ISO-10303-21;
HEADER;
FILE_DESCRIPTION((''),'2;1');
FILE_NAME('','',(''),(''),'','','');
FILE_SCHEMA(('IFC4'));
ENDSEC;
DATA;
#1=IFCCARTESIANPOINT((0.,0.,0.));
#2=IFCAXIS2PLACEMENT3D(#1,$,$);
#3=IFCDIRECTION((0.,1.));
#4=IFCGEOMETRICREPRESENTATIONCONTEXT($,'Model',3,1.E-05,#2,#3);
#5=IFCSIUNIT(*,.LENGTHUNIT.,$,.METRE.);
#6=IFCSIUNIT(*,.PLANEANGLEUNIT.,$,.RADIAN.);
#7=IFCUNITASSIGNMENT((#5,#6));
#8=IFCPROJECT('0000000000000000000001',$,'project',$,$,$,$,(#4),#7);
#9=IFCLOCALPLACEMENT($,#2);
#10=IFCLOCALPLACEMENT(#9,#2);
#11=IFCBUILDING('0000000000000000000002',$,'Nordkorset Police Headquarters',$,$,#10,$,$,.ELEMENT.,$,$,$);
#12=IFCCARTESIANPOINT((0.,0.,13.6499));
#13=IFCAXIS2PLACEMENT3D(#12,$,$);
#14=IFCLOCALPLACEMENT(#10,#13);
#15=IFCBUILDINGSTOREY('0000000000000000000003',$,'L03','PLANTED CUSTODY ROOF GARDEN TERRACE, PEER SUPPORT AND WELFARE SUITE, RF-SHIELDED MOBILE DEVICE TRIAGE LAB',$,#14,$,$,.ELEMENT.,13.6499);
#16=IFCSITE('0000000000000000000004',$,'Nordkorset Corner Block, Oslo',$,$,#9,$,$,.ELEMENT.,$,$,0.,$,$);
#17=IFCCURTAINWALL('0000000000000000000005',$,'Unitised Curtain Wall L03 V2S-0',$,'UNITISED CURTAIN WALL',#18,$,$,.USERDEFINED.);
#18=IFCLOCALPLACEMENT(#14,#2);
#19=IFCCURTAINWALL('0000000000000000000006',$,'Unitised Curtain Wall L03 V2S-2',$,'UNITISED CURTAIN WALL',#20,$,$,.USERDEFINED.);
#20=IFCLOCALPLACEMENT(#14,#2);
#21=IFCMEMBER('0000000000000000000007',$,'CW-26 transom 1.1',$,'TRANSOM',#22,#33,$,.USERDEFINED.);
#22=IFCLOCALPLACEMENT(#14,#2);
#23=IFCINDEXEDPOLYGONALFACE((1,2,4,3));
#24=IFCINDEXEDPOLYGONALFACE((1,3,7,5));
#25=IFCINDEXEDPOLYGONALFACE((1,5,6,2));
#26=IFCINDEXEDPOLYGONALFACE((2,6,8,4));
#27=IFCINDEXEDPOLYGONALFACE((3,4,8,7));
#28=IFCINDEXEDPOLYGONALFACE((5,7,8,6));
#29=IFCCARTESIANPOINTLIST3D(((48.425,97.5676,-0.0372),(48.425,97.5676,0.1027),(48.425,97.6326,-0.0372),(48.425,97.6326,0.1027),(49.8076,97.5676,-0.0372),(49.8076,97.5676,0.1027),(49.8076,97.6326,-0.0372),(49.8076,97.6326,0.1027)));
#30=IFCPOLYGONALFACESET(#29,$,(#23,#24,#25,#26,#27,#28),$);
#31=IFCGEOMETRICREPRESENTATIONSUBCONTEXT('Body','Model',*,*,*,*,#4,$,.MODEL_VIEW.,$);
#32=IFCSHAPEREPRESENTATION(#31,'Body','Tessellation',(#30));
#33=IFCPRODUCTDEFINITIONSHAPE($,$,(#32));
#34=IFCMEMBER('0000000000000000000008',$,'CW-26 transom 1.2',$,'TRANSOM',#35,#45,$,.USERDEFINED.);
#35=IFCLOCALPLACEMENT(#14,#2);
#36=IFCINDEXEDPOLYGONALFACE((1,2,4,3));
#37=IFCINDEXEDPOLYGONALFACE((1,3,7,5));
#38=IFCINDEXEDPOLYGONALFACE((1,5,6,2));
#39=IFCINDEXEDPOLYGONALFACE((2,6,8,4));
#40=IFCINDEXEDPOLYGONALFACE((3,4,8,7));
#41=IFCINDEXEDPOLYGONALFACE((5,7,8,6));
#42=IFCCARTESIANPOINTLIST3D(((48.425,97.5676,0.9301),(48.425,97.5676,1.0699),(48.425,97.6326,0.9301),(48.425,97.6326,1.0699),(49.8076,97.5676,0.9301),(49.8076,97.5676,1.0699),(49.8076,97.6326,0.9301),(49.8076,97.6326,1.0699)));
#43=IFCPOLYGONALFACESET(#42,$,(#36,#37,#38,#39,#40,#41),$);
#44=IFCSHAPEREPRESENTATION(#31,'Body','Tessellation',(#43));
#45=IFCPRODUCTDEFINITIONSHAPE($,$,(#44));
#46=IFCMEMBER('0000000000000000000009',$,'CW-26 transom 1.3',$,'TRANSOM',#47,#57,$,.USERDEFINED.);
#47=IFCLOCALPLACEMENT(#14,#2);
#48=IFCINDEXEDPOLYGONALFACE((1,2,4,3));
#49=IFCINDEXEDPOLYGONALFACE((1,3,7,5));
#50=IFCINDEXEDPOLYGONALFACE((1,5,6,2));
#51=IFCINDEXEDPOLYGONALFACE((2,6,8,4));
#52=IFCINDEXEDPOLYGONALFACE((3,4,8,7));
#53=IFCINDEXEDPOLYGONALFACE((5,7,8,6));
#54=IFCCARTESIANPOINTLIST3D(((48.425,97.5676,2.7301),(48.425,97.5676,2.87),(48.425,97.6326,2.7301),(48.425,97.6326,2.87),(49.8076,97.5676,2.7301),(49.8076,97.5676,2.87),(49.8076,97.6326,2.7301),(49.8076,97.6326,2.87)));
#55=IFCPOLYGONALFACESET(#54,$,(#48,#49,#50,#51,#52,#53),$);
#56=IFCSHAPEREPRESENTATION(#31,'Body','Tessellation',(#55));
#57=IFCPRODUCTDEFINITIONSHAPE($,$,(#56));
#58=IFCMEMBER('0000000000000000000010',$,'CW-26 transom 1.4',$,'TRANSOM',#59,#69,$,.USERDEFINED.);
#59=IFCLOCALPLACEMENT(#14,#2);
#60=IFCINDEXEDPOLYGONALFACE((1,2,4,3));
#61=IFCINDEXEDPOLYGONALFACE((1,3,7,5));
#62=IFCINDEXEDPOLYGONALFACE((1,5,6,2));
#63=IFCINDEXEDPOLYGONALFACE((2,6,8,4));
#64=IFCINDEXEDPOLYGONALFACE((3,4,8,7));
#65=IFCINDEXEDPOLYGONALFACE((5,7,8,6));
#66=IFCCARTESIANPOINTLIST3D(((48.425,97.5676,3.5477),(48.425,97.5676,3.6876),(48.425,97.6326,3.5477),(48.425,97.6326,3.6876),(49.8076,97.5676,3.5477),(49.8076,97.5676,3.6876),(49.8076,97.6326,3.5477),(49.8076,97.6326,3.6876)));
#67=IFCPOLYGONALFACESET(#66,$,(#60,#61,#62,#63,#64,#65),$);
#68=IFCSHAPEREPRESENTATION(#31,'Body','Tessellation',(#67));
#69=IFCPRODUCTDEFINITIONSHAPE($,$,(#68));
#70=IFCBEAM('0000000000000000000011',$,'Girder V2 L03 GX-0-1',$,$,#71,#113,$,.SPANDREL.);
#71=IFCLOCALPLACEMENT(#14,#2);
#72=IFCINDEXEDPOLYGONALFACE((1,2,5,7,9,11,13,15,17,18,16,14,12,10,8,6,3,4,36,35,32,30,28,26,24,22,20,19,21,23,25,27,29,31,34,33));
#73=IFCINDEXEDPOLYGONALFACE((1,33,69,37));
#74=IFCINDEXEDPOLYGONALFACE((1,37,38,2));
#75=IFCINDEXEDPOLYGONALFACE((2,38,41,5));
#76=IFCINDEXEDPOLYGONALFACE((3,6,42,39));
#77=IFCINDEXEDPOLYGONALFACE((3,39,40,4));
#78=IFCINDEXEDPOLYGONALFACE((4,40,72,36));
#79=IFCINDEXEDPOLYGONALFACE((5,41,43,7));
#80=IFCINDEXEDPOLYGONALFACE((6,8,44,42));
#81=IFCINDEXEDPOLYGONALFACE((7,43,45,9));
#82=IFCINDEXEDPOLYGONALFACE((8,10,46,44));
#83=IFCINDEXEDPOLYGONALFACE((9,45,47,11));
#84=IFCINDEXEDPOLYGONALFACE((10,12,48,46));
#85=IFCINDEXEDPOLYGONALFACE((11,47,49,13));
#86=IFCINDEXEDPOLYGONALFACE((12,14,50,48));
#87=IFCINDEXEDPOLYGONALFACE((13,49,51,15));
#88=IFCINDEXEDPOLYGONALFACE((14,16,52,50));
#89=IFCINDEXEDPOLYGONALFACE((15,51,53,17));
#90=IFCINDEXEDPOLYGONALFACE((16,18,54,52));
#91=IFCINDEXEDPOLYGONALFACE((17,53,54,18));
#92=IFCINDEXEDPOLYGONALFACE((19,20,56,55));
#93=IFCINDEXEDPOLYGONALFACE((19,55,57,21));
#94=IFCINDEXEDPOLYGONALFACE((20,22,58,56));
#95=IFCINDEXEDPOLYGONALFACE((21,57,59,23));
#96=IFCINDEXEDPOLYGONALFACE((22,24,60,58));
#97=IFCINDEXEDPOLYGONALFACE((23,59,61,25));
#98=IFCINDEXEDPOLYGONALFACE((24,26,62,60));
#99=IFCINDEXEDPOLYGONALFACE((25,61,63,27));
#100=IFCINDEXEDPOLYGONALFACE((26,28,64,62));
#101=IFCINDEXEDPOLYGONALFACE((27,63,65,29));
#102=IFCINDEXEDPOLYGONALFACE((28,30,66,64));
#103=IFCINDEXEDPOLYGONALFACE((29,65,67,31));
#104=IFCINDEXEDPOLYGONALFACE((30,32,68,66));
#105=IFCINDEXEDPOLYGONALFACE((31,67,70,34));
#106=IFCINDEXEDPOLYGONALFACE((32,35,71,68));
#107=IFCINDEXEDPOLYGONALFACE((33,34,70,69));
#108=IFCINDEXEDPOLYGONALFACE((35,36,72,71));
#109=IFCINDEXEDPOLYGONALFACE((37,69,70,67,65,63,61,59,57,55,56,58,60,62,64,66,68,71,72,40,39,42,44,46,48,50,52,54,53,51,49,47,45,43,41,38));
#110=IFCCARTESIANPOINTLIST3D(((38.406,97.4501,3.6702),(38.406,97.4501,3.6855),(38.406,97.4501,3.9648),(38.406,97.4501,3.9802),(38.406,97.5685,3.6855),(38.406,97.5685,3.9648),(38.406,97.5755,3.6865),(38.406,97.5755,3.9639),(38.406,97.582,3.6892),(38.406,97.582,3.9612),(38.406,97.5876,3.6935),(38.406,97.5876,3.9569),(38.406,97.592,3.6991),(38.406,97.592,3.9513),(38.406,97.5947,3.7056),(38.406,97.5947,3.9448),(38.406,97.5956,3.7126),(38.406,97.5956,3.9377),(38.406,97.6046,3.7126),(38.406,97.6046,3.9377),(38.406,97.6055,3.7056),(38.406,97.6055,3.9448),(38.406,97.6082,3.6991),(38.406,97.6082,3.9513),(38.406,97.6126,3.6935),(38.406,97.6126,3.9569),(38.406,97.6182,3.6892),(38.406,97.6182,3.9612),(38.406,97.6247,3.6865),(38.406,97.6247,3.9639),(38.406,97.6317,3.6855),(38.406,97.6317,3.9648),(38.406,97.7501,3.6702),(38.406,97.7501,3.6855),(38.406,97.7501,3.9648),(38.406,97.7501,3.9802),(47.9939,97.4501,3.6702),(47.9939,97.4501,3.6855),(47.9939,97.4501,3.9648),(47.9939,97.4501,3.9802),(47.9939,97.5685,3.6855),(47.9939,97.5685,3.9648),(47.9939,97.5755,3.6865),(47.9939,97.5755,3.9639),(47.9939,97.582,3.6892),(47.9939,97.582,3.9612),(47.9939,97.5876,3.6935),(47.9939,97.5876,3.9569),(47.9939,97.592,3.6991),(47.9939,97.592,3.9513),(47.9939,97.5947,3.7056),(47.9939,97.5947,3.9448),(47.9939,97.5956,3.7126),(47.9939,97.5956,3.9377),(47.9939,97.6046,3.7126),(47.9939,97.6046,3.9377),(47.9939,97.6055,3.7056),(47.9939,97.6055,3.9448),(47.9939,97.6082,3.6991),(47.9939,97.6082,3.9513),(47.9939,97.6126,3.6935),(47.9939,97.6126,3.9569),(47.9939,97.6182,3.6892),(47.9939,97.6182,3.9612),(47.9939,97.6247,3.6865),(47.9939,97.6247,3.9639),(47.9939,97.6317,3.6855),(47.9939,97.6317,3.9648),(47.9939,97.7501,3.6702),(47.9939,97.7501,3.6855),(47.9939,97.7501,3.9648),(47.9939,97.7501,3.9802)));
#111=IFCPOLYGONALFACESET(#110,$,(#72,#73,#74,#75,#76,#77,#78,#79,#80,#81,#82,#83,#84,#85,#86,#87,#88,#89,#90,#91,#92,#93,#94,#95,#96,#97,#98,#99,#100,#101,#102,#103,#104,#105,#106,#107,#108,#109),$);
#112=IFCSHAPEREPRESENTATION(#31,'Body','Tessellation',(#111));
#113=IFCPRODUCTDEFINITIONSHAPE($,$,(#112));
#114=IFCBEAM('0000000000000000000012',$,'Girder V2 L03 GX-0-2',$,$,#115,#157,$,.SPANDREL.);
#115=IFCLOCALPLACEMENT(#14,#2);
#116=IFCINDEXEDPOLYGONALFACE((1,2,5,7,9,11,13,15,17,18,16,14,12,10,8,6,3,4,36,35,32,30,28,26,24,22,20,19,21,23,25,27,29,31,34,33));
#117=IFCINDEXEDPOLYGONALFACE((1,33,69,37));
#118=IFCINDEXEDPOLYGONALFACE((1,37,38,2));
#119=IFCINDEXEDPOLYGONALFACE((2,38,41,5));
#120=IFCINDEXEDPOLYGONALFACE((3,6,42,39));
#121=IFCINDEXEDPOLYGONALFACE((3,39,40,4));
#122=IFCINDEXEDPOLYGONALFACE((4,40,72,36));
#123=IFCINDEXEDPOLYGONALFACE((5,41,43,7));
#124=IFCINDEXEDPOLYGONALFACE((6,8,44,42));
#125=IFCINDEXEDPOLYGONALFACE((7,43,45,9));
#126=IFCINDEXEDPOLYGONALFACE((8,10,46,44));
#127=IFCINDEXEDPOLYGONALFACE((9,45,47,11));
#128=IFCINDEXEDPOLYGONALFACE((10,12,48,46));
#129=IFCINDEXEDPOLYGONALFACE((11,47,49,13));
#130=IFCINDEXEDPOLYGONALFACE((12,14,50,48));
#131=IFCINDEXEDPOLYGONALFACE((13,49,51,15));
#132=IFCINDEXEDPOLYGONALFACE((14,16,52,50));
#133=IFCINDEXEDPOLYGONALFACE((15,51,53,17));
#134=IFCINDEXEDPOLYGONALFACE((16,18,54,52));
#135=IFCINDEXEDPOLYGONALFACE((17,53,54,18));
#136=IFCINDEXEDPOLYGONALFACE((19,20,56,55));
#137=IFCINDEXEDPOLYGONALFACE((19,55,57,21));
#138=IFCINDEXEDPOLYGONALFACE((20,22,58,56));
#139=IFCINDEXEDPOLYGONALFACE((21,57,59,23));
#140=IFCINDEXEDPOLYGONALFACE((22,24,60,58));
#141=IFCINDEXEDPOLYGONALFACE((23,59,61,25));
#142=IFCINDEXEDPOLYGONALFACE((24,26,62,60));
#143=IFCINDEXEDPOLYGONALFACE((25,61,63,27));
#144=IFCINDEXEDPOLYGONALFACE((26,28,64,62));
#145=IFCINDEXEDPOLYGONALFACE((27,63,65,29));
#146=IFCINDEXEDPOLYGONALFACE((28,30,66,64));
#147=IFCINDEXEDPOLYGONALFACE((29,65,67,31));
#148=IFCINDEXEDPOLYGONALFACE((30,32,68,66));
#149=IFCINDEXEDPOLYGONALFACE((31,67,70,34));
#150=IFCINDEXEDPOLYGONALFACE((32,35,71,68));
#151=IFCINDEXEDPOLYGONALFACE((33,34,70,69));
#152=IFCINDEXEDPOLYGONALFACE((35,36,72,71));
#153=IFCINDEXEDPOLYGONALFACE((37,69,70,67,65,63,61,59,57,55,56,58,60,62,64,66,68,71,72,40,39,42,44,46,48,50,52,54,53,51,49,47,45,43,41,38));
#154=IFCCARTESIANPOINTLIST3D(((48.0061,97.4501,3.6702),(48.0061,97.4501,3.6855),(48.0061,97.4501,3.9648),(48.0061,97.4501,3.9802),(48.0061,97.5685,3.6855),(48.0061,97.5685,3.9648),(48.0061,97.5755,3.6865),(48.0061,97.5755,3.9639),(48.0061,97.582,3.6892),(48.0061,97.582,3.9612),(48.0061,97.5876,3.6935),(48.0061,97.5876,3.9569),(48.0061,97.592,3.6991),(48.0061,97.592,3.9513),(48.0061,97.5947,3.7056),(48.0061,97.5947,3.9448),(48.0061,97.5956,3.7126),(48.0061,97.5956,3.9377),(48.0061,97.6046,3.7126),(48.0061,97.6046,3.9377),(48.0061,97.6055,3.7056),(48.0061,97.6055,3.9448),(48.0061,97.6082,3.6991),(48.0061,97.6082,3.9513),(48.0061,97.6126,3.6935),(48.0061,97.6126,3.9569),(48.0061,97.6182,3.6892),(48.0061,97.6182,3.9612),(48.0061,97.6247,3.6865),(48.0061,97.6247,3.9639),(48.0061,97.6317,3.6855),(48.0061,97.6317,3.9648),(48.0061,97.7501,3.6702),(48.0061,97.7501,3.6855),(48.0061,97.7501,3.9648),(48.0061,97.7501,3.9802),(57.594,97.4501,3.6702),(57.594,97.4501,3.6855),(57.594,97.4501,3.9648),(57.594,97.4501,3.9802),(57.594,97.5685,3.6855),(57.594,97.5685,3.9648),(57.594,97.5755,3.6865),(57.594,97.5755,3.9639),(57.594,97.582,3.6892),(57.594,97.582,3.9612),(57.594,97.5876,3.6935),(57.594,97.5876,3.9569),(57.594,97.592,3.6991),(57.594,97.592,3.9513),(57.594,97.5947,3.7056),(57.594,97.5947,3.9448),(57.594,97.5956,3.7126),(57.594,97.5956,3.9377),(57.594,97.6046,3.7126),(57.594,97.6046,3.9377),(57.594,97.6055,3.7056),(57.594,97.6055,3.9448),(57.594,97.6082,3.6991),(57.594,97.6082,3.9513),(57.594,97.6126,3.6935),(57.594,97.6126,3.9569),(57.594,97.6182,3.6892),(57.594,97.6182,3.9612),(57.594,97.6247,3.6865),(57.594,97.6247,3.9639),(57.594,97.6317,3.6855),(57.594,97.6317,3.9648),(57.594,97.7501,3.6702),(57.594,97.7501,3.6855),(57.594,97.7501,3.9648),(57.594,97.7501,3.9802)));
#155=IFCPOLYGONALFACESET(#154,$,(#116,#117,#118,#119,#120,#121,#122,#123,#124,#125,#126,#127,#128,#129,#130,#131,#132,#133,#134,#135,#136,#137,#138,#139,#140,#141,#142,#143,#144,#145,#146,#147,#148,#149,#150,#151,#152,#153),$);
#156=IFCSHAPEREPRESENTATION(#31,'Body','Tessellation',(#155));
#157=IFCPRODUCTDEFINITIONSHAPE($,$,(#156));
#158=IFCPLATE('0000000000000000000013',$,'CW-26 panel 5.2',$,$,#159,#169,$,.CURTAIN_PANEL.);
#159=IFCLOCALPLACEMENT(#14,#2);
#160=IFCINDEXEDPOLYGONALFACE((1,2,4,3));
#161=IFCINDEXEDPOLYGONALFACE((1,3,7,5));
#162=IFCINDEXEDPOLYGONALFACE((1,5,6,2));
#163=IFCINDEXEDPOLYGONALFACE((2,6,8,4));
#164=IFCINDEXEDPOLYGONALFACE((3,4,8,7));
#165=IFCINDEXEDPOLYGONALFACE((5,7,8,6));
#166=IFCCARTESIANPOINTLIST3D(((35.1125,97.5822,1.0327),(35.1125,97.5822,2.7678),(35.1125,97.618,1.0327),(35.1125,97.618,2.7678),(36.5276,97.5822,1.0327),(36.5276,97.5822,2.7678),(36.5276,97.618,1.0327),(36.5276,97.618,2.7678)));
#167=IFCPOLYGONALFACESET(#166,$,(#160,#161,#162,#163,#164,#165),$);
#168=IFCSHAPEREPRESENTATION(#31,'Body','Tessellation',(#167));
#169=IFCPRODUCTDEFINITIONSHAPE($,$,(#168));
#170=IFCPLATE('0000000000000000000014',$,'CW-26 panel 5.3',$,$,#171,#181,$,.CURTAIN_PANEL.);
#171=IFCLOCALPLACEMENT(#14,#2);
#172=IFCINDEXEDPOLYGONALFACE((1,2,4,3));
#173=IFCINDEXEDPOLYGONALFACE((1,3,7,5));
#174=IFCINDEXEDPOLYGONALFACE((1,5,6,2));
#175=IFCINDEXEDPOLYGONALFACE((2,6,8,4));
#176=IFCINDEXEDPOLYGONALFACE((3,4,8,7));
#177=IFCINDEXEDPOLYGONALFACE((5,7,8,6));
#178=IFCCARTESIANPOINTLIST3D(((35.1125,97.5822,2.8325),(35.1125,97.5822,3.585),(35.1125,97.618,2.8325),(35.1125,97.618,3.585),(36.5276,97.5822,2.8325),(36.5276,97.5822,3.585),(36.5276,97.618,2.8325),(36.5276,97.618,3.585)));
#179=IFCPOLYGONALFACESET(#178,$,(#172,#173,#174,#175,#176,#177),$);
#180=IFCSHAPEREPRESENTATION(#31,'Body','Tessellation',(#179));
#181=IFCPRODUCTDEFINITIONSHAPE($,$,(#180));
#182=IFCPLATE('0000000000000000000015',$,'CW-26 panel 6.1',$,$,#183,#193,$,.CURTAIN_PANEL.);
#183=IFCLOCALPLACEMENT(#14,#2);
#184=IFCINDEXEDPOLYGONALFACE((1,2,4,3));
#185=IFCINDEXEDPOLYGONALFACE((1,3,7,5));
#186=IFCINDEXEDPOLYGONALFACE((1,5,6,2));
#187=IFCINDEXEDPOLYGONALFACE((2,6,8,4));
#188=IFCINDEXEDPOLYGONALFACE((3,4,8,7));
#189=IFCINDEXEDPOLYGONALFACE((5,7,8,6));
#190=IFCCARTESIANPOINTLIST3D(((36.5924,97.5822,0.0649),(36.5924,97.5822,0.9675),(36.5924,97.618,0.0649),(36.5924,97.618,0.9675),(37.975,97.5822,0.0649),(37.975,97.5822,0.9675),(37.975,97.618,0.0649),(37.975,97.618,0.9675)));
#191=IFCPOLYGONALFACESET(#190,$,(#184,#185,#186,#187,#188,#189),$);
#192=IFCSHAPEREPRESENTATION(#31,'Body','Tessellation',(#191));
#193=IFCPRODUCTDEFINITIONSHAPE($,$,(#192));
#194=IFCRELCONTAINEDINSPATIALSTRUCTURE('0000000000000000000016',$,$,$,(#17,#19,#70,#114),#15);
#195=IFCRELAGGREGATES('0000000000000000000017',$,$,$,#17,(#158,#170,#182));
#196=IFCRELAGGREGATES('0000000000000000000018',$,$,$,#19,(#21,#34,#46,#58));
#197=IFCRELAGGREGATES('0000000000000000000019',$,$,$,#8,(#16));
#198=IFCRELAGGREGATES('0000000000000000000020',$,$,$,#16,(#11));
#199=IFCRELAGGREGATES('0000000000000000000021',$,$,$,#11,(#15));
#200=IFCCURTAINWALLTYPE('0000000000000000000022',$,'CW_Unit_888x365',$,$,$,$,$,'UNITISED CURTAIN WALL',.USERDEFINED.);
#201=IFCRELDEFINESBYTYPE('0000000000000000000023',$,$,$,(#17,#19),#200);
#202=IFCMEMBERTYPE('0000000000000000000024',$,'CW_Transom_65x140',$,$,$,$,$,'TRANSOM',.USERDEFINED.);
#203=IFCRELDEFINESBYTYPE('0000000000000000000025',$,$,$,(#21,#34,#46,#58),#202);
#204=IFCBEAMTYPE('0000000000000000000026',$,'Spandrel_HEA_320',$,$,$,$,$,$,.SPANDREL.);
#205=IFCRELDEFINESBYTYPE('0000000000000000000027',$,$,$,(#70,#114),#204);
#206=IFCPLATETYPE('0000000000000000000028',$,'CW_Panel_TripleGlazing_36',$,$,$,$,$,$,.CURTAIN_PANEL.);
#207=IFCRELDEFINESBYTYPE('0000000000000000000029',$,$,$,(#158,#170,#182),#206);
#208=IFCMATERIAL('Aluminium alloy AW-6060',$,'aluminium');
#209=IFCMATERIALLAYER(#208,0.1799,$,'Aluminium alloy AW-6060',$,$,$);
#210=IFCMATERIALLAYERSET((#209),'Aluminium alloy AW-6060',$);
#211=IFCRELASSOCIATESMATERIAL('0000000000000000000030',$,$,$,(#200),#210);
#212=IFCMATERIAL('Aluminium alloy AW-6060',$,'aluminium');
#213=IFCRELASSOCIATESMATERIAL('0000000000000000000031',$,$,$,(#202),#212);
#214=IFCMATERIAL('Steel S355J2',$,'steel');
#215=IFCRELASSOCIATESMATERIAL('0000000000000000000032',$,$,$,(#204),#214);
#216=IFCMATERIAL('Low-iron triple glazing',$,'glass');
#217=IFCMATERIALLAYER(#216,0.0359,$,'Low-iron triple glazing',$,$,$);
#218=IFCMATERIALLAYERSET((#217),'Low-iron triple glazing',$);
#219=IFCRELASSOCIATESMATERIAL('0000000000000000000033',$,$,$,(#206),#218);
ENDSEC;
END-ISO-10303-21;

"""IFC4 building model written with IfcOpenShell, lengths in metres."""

from ifc_helpers import new_model, si_unit, direction, frame, origin, origin_2d, place, context, subcontext, project, spatial, rectangle, i_section, extrude, material, layer, layer_set, material_profile, profile_set, type_object, element, aggregate, save


model = new_model("IFC4")

# Units and contexts
model_context = context("Model", 3, precision=1e-05, world=origin(), true_north=direction((0.0, 1.0)))
body_context = subcontext(model_context, "Body", "Model", "MODEL_VIEW")
ifc_project = project(units=[si_unit("LENGTHUNIT", "METRE"), si_unit("PLANEANGLEUNIT", "RADIAN")], contexts=[model_context])

# Site, building, storey
site_placement = place(None, origin())
site = spatial("IfcSite", under=ifc_project, at=site_placement, Name="Nordkorset Corner Block, Oslo", CompositionType="ELEMENT", RefElevation=0.0)
building_placement = place(site_placement, origin())
building = spatial("IfcBuilding", under=site, at=building_placement, Name="Nordkorset Police Headquarters", CompositionType="ELEMENT")
storey_placement = place(building_placement, frame((0.0, 0.0, 13.6499)))
storey = spatial("IfcBuildingStorey", under=building, at=storey_placement, Name="L03", Description="PLANTED CUSTODY ROOF GARDEN TERRACE, PEER SUPPORT AND WELFARE SUITE, RF-SHIELDED MOBILE DEVICE TRIAGE LAB", CompositionType="ELEMENT", Elevation=13.6499)

# Curtain wall
ifc_material_1 = material(Name="Aluminium alloy AW-6060", Category="aluminium")
ifc_layer_1 = layer(ifc_material_1, 0.1799, Name="Aluminium alloy AW-6060")
ifc_layer_set_1 = layer_set([ifc_layer_1], Name="Aluminium alloy AW-6060")
curtain_wall_type = type_object("IfcCurtainWallType", Name="CW_Unit_888x365", ElementType="UNITISED CURTAIN WALL", PredefinedType="USERDEFINED", material=ifc_layer_set_1)
curtain_wall_1_placement = place(storey_placement, origin())
curtain_wall_1 = element("IfcCurtainWall", 1, at=curtain_wall_1_placement, inside=storey, type_object=curtain_wall_type, Name="Unitised Curtain Wall L03 V2S-0", ObjectType="UNITISED CURTAIN WALL", PredefinedType="USERDEFINED")

# Curtain wall
curtain_wall_2_placement = place(storey_placement, origin())
curtain_wall_2 = element("IfcCurtainWall", 2, at=curtain_wall_2_placement, inside=storey, type_object=curtain_wall_type, Name="Unitised Curtain Wall L03 V2S-2", ObjectType="UNITISED CURTAIN WALL", PredefinedType="USERDEFINED")

# Members
ifc_material_2 = material(Name="Aluminium alloy AW-6060", Category="aluminium")
ifc_material_profile_1 = material_profile(ifc_material_2, rectangle(XDim=0.0649, YDim=0.1399, at=origin_2d()), Name="ALU TRAN 65x140")
ifc_profile_set_1 = profile_set([ifc_material_profile_1], Name="Aluminium alloy AW-6060")
member_type_1 = type_object("IfcMemberType", Name="CW_Transom_65x140", ElementType="TRANSOM", PredefinedType="USERDEFINED", material=ifc_profile_set_1)
member_1_placement = place(storey_placement, frame((48.425, 97.6001, 0.0327), z_axis=(1.0, 0.0, 0.0), x_axis=(0.0, 1.0, 0.0)))
member_1 = element("IfcMember", 3, at=member_1_placement, type_object=member_type_1, Name="CW-26 transom 1.1", ObjectType="TRANSOM", PredefinedType="USERDEFINED", context=body_context, shape_type="SweptSolid", body=[
    extrude(rectangle(XDim=0.0649, YDim=0.1399, at=origin_2d()), origin(), (0.0, 0.0, 1.0), 1.3826),
])
member_2_placement = place(storey_placement, frame((48.425, 97.6001, 1.0), z_axis=(1.0, 0.0, 0.0), x_axis=(0.0, 1.0, 0.0)))
member_2 = element("IfcMember", 4, at=member_2_placement, type_object=member_type_1, Name="CW-26 transom 1.2", ObjectType="TRANSOM", PredefinedType="USERDEFINED", context=body_context, shape_type="SweptSolid", body=[
    extrude(rectangle(XDim=0.0649, YDim=0.1399, at=origin_2d()), origin(), (0.0, 0.0, 1.0), 1.3826),
])
member_3_placement = place(storey_placement, frame((48.425, 97.6001, 2.8), z_axis=(1.0, 0.0, 0.0), x_axis=(0.0, 1.0, 0.0)))
member_3 = element("IfcMember", 5, at=member_3_placement, type_object=member_type_1, Name="CW-26 transom 1.3", ObjectType="TRANSOM", PredefinedType="USERDEFINED", context=body_context, shape_type="SweptSolid", body=[
    extrude(rectangle(XDim=0.0649, YDim=0.1399, at=origin_2d()), origin(), (0.0, 0.0, 1.0), 1.3826),
])
member_4_placement = place(storey_placement, frame((48.425, 97.6001, 3.6177), z_axis=(1.0, 0.0, 0.0), x_axis=(0.0, 1.0, 0.0)))
member_4 = element("IfcMember", 6, at=member_4_placement, type_object=member_type_1, Name="CW-26 transom 1.4", ObjectType="TRANSOM", PredefinedType="USERDEFINED", context=body_context, shape_type="SweptSolid", body=[
    extrude(rectangle(XDim=0.0649, YDim=0.1399, at=origin_2d()), origin(), (0.0, 0.0, 1.0), 1.3826),
])

# Beams
ifc_material_3 = material(Name="Steel S355J2", Category="steel")
ifc_material_profile_2 = material_profile(ifc_material_3, i_section(OverallWidth=0.3, OverallDepth=0.3101, WebThickness=0.009, FlangeThickness=0.0154, FilletRadius=0.0271, at=origin_2d()), Name="HEA 320")
ifc_profile_set_2 = profile_set([ifc_material_profile_2], Name="Steel S355J2")
beam_type = type_object("IfcBeamType", Name="Spandrel_HEA_320", PredefinedType="SPANDREL", material=ifc_profile_set_2)
for number, where, z_axis, x_axis, name in (
    (7, (38.406, 97.6001, 3.8252), (1.0, 0.0, 0.0), (0.0, 1.0, 0.0), "Girder V2 L03 GX-0-1"),
    (8, (48.0061, 97.6001, 3.8252), (1.0, 0.0, 0.0), (0.0, 1.0, 0.0), "Girder V2 L03 GX-0-2"),
):
    element("IfcBeam", number, at=place(storey_placement, frame(where, z_axis=z_axis, x_axis=x_axis)), inside=storey, type_object=beam_type, Name=name, PredefinedType="SPANDREL", context=body_context, shape_type="SweptSolid", body=[
        extrude(i_section(OverallWidth=0.3, OverallDepth=0.3101, WebThickness=0.009, FlangeThickness=0.0154, FilletRadius=0.0271, at=origin_2d()), origin(), (0.0, 0.0, 1.0), 9.5879),
    ])

# Plates
ifc_material_4 = material(Name="Low-iron triple glazing", Category="glass")
ifc_layer_2 = layer(ifc_material_4, 0.0359, Name="Low-iron triple glazing")
ifc_layer_set_2 = layer_set([ifc_layer_2], Name="Low-iron triple glazing")
plate_type = type_object("IfcPlateType", Name="CW_Panel_TripleGlazing_36", PredefinedType="CURTAIN_PANEL", material=ifc_layer_set_2)
plate_1_placement = place(storey_placement, frame((35.8201, 97.6001, 1.0327), z_axis=(0.0, 0.0, 1.0), x_axis=(1.0, 0.0, 0.0)))
plate_1 = element("IfcPlate", 9, at=plate_1_placement, type_object=plate_type, Name="CW-26 panel 5.2", PredefinedType="CURTAIN_PANEL", context=body_context, shape_type="SweptSolid", body=[
    extrude(rectangle(XDim=1.415, YDim=0.0359, at=origin_2d()), origin(), (0.0, 0.0, 1.0), 1.7351),
])
plate_2_placement = place(storey_placement, frame((35.8201, 97.6001, 2.8325), z_axis=(0.0, 0.0, 1.0), x_axis=(1.0, 0.0, 0.0)))
plate_2 = element("IfcPlate", 10, at=plate_2_placement, type_object=plate_type, Name="CW-26 panel 5.3", PredefinedType="CURTAIN_PANEL", context=body_context, shape_type="SweptSolid", body=[
    extrude(rectangle(XDim=1.415, YDim=0.0359, at=origin_2d()), origin(), (0.0, 0.0, 1.0), 0.7524),
])
plate_3_placement = place(storey_placement, frame((37.2837, 97.6001, 0.0649), z_axis=(0.0, 0.0, 1.0), x_axis=(1.0, 0.0, 0.0)))
plate_3 = element("IfcPlate", 11, at=plate_3_placement, type_object=plate_type, Name="CW-26 panel 6.1", PredefinedType="CURTAIN_PANEL", context=body_context, shape_type="SweptSolid", body=[
    extrude(rectangle(XDim=1.3826, YDim=0.0359, at=origin_2d()), origin(), (0.0, 0.0, 1.0), 0.9026),
])
aggregate(curtain_wall_1, [plate_1, plate_2, plate_3])
aggregate(curtain_wall_2, [member_1, member_2, member_3, member_4])

save(model, "model.ifc")
